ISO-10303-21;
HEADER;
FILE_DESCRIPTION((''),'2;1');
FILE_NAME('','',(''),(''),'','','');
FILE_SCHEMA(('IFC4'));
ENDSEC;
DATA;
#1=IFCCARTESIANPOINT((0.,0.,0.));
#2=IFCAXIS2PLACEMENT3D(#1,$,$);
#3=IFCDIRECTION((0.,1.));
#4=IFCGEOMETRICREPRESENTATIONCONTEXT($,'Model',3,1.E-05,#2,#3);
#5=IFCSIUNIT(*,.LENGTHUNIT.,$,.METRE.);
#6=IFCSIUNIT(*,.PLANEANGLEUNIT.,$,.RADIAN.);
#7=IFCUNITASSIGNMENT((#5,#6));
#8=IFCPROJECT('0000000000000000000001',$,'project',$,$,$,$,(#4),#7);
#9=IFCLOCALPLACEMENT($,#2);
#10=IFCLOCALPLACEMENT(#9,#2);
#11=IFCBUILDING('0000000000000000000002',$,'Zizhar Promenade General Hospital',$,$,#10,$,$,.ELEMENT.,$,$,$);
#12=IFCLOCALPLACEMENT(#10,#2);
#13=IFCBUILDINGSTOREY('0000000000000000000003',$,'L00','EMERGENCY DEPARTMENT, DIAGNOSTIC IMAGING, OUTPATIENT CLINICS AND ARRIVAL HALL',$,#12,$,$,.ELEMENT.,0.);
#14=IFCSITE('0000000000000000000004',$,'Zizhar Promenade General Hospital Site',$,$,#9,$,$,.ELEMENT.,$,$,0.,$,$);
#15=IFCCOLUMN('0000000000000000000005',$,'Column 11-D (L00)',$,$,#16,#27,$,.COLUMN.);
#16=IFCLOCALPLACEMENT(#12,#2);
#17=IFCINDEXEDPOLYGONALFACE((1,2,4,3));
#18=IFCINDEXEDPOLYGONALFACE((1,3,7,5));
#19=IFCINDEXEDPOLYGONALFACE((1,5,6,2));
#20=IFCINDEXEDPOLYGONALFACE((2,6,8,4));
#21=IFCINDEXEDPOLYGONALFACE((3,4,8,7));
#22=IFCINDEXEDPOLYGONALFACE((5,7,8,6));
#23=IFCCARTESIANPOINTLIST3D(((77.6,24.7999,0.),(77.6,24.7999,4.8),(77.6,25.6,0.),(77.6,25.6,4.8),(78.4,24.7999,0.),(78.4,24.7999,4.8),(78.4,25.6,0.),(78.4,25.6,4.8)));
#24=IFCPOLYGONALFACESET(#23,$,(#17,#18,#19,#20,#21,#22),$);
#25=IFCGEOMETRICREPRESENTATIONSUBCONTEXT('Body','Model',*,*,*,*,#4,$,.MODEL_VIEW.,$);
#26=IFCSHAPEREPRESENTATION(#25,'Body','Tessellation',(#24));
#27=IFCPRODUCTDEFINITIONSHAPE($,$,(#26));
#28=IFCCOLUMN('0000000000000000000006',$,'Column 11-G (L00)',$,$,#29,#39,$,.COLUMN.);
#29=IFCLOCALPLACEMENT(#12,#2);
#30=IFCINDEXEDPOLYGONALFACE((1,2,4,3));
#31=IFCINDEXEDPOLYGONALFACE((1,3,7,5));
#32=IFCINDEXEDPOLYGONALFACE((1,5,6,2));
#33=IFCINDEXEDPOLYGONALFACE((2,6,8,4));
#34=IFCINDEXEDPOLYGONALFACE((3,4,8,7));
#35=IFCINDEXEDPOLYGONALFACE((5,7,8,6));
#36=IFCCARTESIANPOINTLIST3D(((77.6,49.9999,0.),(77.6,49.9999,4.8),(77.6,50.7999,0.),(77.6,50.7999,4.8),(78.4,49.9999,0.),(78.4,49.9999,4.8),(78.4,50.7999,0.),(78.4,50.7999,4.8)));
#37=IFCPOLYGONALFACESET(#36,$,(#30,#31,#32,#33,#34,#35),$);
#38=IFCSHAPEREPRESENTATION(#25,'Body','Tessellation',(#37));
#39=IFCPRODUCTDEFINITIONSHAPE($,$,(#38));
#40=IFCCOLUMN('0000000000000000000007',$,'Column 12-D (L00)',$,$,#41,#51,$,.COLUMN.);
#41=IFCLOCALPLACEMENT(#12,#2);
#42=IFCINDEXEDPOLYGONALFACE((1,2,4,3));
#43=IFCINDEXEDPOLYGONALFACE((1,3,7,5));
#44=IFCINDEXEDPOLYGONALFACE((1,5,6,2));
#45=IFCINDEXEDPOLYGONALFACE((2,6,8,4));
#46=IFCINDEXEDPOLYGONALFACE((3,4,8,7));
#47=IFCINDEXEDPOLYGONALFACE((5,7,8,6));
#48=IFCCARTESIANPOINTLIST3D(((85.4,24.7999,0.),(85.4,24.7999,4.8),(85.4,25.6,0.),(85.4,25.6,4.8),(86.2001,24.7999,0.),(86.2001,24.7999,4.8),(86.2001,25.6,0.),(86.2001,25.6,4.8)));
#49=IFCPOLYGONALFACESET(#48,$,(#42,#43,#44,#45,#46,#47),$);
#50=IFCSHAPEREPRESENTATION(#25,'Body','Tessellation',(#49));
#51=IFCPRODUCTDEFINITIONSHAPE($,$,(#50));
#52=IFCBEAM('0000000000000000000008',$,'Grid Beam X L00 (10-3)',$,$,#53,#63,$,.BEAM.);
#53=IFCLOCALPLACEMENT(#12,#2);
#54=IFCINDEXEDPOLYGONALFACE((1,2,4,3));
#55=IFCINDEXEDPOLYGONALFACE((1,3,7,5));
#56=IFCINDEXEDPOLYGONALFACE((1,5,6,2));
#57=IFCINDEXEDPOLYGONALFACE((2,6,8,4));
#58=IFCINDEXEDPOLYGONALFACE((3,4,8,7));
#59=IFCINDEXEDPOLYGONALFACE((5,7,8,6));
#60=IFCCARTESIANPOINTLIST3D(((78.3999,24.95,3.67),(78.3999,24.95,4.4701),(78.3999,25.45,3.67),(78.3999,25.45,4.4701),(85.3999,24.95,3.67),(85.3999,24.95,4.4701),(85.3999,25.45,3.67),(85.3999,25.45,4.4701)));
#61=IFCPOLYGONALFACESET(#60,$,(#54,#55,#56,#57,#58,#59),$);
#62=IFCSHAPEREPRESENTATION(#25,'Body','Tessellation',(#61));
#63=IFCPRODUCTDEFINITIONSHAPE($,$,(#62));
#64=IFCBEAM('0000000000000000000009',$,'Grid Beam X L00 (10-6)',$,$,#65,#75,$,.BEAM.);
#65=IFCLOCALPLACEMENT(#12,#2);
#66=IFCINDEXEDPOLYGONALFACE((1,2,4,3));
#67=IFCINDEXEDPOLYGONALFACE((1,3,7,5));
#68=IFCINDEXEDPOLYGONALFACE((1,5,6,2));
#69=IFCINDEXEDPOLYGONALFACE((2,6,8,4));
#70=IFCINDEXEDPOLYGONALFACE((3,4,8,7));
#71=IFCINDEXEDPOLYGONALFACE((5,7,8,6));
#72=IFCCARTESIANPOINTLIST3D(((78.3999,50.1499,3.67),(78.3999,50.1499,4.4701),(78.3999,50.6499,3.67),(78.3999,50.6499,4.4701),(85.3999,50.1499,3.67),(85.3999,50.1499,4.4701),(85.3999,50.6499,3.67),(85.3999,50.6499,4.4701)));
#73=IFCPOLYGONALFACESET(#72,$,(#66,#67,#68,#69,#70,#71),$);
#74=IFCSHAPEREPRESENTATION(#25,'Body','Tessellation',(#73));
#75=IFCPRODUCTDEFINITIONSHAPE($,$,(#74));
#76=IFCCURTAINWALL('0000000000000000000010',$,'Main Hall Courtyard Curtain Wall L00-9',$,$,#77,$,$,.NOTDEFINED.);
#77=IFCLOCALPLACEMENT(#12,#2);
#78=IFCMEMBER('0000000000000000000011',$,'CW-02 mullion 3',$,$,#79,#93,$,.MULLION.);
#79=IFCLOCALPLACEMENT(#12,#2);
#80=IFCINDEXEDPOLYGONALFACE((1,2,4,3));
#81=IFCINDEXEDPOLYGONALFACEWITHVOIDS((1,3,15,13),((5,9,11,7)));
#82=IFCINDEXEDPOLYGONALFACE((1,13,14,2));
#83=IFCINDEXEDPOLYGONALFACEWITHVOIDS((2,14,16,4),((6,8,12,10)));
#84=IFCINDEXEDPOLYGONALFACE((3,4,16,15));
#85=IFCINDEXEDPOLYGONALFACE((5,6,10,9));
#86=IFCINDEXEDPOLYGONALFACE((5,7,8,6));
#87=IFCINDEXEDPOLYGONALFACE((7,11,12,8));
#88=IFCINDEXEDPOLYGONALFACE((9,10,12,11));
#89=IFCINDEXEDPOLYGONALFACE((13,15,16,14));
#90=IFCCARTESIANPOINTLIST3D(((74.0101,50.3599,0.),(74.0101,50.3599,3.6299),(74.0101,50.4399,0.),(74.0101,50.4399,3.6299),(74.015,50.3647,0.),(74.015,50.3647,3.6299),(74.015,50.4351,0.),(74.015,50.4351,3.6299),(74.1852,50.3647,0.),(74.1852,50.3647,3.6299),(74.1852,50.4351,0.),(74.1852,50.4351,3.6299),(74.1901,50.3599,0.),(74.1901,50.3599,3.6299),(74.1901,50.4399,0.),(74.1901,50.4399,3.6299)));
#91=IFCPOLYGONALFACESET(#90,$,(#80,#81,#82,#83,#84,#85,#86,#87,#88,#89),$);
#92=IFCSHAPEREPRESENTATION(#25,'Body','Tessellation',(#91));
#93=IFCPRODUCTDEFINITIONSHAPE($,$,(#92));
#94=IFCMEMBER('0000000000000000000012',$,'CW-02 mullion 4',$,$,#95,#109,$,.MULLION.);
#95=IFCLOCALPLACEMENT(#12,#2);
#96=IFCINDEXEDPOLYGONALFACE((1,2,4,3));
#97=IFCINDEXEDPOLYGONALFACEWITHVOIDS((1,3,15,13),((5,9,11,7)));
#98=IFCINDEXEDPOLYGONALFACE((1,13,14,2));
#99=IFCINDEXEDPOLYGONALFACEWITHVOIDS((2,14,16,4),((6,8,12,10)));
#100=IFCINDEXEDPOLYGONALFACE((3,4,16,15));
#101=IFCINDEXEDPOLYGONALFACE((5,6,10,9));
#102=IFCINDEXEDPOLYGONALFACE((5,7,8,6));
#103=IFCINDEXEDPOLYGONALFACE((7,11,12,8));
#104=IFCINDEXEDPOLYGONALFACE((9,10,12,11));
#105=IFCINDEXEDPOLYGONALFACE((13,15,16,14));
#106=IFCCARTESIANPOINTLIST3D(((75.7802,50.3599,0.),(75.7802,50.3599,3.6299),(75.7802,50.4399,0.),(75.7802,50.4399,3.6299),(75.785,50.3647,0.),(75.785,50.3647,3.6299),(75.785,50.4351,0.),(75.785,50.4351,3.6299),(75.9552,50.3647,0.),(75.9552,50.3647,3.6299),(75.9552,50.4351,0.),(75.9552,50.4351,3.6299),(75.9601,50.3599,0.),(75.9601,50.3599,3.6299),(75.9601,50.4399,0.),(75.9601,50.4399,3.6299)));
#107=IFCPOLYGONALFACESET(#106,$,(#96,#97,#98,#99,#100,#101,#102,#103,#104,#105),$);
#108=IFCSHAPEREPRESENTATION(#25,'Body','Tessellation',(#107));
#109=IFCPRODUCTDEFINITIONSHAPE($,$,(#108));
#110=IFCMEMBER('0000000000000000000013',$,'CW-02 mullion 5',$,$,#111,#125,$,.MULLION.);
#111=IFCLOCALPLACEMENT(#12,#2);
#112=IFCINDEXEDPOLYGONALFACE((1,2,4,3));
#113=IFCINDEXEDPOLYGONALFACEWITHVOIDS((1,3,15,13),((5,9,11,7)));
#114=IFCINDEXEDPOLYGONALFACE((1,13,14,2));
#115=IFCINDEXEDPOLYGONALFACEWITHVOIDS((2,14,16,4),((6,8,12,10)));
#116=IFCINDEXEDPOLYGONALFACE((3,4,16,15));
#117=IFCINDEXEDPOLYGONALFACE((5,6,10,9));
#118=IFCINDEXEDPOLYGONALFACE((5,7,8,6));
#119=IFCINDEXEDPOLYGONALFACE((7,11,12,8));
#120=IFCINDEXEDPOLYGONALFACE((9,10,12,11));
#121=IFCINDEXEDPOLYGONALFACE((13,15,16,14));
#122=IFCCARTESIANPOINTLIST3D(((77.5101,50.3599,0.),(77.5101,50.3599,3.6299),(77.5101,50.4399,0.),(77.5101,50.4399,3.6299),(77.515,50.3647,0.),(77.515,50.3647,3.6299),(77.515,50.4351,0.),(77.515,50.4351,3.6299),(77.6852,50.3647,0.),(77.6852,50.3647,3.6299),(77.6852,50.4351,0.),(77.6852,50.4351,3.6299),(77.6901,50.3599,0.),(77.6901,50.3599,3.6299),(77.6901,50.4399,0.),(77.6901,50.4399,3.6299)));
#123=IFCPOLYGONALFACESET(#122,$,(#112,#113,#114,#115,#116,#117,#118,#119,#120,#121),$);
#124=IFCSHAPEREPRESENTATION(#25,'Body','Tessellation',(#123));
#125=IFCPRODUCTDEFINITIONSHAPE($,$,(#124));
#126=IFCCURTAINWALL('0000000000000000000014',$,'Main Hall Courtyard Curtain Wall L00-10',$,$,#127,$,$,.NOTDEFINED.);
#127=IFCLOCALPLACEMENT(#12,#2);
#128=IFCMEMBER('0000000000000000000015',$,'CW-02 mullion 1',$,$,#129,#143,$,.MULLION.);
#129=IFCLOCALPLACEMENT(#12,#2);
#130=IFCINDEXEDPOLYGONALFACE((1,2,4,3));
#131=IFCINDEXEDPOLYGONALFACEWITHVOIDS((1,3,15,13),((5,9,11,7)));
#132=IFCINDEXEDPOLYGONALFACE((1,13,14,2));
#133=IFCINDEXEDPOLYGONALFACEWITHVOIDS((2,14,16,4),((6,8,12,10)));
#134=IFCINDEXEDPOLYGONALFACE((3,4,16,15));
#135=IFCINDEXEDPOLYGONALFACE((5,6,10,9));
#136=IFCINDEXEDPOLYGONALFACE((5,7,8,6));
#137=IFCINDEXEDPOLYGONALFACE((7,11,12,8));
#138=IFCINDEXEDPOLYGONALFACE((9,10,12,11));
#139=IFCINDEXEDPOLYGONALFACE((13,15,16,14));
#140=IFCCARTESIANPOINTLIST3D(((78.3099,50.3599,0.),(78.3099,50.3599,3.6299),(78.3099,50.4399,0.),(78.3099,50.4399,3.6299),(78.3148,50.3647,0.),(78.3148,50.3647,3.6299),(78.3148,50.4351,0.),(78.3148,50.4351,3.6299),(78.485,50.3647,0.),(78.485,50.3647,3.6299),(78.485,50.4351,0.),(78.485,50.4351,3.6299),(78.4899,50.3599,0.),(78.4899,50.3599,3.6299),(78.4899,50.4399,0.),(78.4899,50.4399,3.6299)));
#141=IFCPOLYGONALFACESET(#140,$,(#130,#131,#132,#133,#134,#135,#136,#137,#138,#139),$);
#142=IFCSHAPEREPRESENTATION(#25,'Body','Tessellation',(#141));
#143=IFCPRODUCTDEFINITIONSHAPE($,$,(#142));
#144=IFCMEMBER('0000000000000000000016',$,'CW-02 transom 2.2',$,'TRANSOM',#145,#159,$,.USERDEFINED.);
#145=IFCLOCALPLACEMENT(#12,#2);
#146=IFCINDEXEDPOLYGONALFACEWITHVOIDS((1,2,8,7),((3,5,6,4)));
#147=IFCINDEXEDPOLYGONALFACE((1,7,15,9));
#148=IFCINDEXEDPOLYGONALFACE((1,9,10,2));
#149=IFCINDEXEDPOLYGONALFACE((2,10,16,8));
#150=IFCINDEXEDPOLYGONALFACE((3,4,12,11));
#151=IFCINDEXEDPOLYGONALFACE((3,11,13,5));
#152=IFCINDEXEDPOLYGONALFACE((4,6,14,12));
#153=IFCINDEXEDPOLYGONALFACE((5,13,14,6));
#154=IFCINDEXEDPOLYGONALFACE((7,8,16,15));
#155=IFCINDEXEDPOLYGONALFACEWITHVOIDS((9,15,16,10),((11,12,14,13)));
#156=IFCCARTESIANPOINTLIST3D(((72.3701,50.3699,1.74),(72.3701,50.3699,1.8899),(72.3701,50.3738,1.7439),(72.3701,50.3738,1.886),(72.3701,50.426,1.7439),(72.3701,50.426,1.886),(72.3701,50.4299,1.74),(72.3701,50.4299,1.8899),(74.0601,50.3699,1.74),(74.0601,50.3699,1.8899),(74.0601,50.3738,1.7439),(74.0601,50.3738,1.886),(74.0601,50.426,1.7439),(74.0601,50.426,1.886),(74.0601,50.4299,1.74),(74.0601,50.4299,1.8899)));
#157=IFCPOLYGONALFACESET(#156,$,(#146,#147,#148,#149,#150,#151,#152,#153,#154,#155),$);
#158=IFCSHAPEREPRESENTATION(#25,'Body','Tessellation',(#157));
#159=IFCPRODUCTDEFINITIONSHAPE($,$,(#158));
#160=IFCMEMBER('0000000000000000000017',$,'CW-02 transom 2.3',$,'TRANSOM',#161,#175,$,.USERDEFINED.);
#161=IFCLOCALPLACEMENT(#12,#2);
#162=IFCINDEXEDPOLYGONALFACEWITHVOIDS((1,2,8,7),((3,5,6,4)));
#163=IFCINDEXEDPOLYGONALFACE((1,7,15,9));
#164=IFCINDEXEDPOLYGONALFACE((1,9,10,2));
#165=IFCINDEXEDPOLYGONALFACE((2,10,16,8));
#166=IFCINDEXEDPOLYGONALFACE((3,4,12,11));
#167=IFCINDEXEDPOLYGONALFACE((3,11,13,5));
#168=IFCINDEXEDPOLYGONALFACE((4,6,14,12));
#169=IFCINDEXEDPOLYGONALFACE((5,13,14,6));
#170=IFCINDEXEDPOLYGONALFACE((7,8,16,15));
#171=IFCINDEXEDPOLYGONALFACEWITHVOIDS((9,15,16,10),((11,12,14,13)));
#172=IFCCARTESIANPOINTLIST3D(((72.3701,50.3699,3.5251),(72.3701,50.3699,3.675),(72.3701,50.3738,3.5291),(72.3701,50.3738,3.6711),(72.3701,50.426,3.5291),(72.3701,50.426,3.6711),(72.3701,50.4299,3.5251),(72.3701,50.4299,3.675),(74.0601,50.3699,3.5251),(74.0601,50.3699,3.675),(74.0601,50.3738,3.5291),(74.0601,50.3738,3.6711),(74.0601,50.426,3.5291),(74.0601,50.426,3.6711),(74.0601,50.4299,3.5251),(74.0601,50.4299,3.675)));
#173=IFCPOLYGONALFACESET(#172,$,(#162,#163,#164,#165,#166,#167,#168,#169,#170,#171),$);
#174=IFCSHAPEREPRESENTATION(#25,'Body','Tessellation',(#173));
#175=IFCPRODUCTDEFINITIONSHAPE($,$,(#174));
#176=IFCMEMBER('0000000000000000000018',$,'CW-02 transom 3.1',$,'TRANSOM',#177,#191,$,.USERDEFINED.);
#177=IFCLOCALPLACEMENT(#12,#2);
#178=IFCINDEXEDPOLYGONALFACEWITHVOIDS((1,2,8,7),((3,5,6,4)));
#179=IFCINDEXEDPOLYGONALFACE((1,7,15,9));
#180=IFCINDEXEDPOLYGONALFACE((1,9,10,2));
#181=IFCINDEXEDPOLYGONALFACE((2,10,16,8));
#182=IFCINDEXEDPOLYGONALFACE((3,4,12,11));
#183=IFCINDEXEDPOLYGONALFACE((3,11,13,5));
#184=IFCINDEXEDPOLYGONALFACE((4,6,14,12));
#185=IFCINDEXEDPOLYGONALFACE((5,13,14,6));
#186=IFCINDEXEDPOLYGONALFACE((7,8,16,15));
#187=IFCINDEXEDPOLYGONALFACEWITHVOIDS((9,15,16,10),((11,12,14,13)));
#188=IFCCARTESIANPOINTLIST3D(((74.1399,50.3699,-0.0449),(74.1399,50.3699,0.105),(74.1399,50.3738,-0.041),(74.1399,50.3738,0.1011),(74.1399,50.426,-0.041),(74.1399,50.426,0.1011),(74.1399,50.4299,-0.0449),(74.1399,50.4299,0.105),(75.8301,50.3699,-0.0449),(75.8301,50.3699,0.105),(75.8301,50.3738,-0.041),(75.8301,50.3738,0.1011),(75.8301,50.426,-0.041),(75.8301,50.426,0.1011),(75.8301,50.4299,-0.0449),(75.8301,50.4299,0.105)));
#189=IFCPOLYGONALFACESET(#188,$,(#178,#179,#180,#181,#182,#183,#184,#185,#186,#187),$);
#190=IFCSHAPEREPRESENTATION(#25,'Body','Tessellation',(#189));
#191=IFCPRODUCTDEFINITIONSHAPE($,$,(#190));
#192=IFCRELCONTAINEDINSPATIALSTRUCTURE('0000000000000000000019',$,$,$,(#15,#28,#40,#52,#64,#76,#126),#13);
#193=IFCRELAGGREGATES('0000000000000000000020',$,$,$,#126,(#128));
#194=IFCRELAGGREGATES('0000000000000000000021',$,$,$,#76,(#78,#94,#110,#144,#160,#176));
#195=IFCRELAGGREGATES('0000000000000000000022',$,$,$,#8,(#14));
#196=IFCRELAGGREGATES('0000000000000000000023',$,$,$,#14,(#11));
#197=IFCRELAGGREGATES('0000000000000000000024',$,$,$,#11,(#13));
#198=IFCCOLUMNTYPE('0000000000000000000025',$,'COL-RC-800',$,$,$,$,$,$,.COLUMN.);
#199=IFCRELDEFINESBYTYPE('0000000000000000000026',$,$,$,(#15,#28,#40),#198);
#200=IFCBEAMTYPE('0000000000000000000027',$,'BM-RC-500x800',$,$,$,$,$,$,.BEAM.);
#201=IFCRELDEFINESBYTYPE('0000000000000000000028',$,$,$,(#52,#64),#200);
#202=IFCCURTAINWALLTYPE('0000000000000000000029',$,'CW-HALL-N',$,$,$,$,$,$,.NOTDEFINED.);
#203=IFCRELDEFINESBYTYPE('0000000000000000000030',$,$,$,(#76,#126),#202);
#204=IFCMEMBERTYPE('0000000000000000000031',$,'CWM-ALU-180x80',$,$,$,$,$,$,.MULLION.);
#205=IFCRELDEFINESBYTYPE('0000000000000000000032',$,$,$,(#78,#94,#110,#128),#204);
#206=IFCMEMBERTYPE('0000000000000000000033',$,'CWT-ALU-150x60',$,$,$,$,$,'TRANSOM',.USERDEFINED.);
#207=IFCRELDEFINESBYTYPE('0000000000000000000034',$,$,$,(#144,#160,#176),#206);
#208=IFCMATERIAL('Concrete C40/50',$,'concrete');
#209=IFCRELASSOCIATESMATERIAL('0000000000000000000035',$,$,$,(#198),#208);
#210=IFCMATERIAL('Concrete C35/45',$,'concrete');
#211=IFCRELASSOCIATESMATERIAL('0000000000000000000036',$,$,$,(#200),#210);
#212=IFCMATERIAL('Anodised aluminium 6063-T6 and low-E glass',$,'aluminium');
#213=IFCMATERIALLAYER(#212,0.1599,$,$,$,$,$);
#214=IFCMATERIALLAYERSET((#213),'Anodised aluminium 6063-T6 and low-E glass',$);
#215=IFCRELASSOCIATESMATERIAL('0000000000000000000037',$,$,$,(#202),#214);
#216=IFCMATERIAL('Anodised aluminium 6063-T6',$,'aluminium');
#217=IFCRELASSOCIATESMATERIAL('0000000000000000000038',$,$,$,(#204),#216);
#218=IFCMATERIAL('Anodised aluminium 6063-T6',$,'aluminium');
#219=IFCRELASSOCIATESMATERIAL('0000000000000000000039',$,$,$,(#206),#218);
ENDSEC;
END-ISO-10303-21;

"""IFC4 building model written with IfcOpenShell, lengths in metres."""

from ifc_helpers import new_model, si_unit, direction, frame, origin, origin_2d, place, context, subcontext, project, spatial, rectangle, hollow_rectangle, extrude, material, layer, layer_set, material_profile, profile_set, type_object, element, aggregate, save


model = new_model("IFC4")

# Units and contexts
model_context = context("Model", 3, precision=1e-05, world=origin(), true_north=direction((0.0, 1.0)))
body_context = subcontext(model_context, "Body", "Model", "MODEL_VIEW")
ifc_project = project(units=[si_unit("LENGTHUNIT", "METRE"), si_unit("PLANEANGLEUNIT", "RADIAN")], contexts=[model_context])

# Site, building, storey
site_placement = place(None, origin())
site = spatial("IfcSite", under=ifc_project, at=site_placement, Name="Zizhar Promenade General Hospital Site", CompositionType="ELEMENT", RefElevation=0.0)
building_placement = place(site_placement, origin())
building = spatial("IfcBuilding", under=site, at=building_placement, Name="Zizhar Promenade General Hospital", CompositionType="ELEMENT")
storey_placement = place(building_placement, origin())
storey = spatial("IfcBuildingStorey", under=building, at=storey_placement, Name="L00", Description="EMERGENCY DEPARTMENT, DIAGNOSTIC IMAGING, OUTPATIENT CLINICS AND ARRIVAL HALL", CompositionType="ELEMENT", Elevation=0.0)

# Columns
ifc_material_1 = material(Name="Concrete C40/50", Category="concrete")
ifc_material_profile_1 = material_profile(ifc_material_1, rectangle(XDim=0.8, YDim=0.8, at=origin_2d()))
ifc_profile_set_1 = profile_set([ifc_material_profile_1], Name="Concrete C40/50")
column_type = type_object("IfcColumnType", Name="COL-RC-800", PredefinedType="COLUMN", material=ifc_profile_set_1)
for number, where, z_axis, x_axis, name in (
    (1, (78.0, 25.2, 0.0), (0.0, 0.0, 1.0), (1.0, 0.0, 0.0), "Column 11-D (L00)"),
    (2, (78.0, 50.3999, 0.0), (0.0, 0.0, 1.0), (1.0, 0.0, 0.0), "Column 11-G (L00)"),
    (3, (85.8, 25.2, 0.0), (0.0, 0.0, 1.0), (1.0, 0.0, 0.0), "Column 12-D (L00)"),
):
    element("IfcColumn", number, at=place(storey_placement, frame(where, z_axis=z_axis, x_axis=x_axis)), inside=storey, type_object=column_type, Name=name, PredefinedType="COLUMN", context=body_context, shape_type="SweptSolid", body=[
        extrude(rectangle(XDim=0.8, YDim=0.8, at=origin_2d()), origin(), (0.0, 0.0, 1.0), 4.8),
    ])

# Beams
ifc_material_2 = material(Name="Concrete C35/45", Category="concrete")
ifc_material_profile_2 = material_profile(ifc_material_2, rectangle(XDim=0.5, YDim=0.8, at=origin_2d()))
ifc_profile_set_2 = profile_set([ifc_material_profile_2], Name="Concrete C35/45")
beam_type = type_object("IfcBeamType", Name="BM-RC-500x800", PredefinedType="BEAM", material=ifc_profile_set_2)
for number, where, z_axis, x_axis, name in (
    (4, (78.3999, 25.2, 4.0701), (1.0, 0.0, 0.0), (0.0, 1.0, 0.0), "Grid Beam X L00 (10-3)"),
    (5, (78.3999, 50.3999, 4.0701), (1.0, 0.0, 0.0), (0.0, 1.0, 0.0), "Grid Beam X L00 (10-6)"),
):
    element("IfcBeam", number, at=place(storey_placement, frame(where, z_axis=z_axis, x_axis=x_axis)), inside=storey, type_object=beam_type, Name=name, PredefinedType="BEAM", context=body_context, shape_type="SweptSolid", body=[
        extrude(rectangle(XDim=0.5, YDim=0.8, at=origin_2d()), origin(), (0.0, 0.0, 1.0), 7.0),
    ])

# Curtain wall, members
ifc_material_3 = material(Name="Anodised aluminium 6063-T6 and low-E glass", Category="aluminium")
ifc_layer_1 = layer(ifc_material_3, 0.1599)
ifc_layer_set_1 = layer_set([ifc_layer_1], Name="Anodised aluminium 6063-T6 and low-E glass")
curtain_wall_type = type_object("IfcCurtainWallType", Name="CW-HALL-N", PredefinedType="NOTDEFINED", material=ifc_layer_set_1)
curtain_wall_1_placement = place(storey_placement, origin())
curtain_wall_1 = element("IfcCurtainWall", 6, at=curtain_wall_1_placement, inside=storey, type_object=curtain_wall_type, Name="Main Hall Courtyard Curtain Wall L00-9", PredefinedType="NOTDEFINED")
ifc_material_4 = material(Name="Anodised aluminium 6063-T6", Category="aluminium")
ifc_material_profile_3 = material_profile(ifc_material_4, hollow_rectangle(XDim=0.0801, YDim=0.1799, WallThickness=0.0049, at=origin_2d()))
ifc_profile_set_3 = profile_set([ifc_material_profile_3], Name="Anodised aluminium 6063-T6")
member_type_1 = type_object("IfcMemberType", Name="CWM-ALU-180x80", PredefinedType="MULLION", material=ifc_profile_set_3)
member_1_placement = place(storey_placement, frame((74.1001, 50.3999, 0.0), z_axis=(0.0, 0.0, 1.0), x_axis=(0.0, 1.0, 0.0)))
member_1 = element("IfcMember", 7, at=member_1_placement, type_object=member_type_1, Name="CW-02 mullion 3", PredefinedType="MULLION", context=body_context, shape_type="SweptSolid", body=[
    extrude(hollow_rectangle(XDim=0.0801, YDim=0.1799, WallThickness=0.0049, at=origin_2d()), origin(), (0.0, 0.0, 1.0), 3.6299),
])
member_2_placement = place(storey_placement, frame((75.8701, 50.3999, 0.0), z_axis=(0.0, 0.0, 1.0), x_axis=(0.0, 1.0, 0.0)))
member_2 = element("IfcMember", 8, at=member_2_placement, type_object=member_type_1, Name="CW-02 mullion 4", PredefinedType="MULLION", context=body_context, shape_type="SweptSolid", body=[
    extrude(hollow_rectangle(XDim=0.0801, YDim=0.1799, WallThickness=0.0049, at=origin_2d()), origin(), (0.0, 0.0, 1.0), 3.6299),
])
member_3_placement = place(storey_placement, frame((77.6001, 50.3999, 0.0), z_axis=(0.0, 0.0, 1.0), x_axis=(0.0, 1.0, 0.0)))
member_3 = element("IfcMember", 9, at=member_3_placement, type_object=member_type_1, Name="CW-02 mullion 5", PredefinedType="MULLION", context=body_context, shape_type="SweptSolid", body=[
    extrude(hollow_rectangle(XDim=0.0801, YDim=0.1799, WallThickness=0.0049, at=origin_2d()), origin(), (0.0, 0.0, 1.0), 3.6299),
])

# Curtain wall, member
curtain_wall_2_placement = place(storey_placement, origin())
curtain_wall_2 = element("IfcCurtainWall", 10, at=curtain_wall_2_placement, inside=storey, type_object=curtain_wall_type, Name="Main Hall Courtyard Curtain Wall L00-10", PredefinedType="NOTDEFINED")
member_4_placement = place(storey_placement, frame((78.3999, 50.3999, 0.0), z_axis=(0.0, 0.0, 1.0), x_axis=(0.0, 1.0, 0.0)))
member_4 = element("IfcMember", 11, at=member_4_placement, type_object=member_type_1, Name="CW-02 mullion 1", PredefinedType="MULLION", context=body_context, shape_type="SweptSolid", body=[
    extrude(hollow_rectangle(XDim=0.0801, YDim=0.1799, WallThickness=0.0049, at=origin_2d()), origin(), (0.0, 0.0, 1.0), 3.6299),
])

# Members
ifc_material_5 = material(Name="Anodised aluminium 6063-T6", Category="aluminium")
ifc_material_profile_4 = material_profile(ifc_material_5, hollow_rectangle(XDim=0.0601, YDim=0.1499, WallThickness=0.0039, at=origin_2d()))
ifc_profile_set_4 = profile_set([ifc_material_profile_4], Name="Anodised aluminium 6063-T6")
member_type_2 = type_object("IfcMemberType", Name="CWT-ALU-150x60", ElementType="TRANSOM", PredefinedType="USERDEFINED", material=ifc_profile_set_4)
member_5_placement = place(storey_placement, frame((72.3701, 50.3999, 1.8149), z_axis=(1.0, 0.0, 0.0), x_axis=(0.0, 1.0, 0.0)))
member_5 = element("IfcMember", 12, at=member_5_placement, type_object=member_type_2, Name="CW-02 transom 2.2", ObjectType="TRANSOM", PredefinedType="USERDEFINED", context=body_context, shape_type="SweptSolid", body=[
    extrude(hollow_rectangle(XDim=0.0601, YDim=0.1499, WallThickness=0.0039, at=origin_2d()), origin(), (0.0, 0.0, 1.0), 1.6899),
])
member_6_placement = place(storey_placement, frame((72.3701, 50.3999, 3.6001), z_axis=(1.0, 0.0, 0.0), x_axis=(0.0, 1.0, 0.0)))
member_6 = element("IfcMember", 13, at=member_6_placement, type_object=member_type_2, Name="CW-02 transom 2.3", ObjectType="TRANSOM", PredefinedType="USERDEFINED", context=body_context, shape_type="SweptSolid", body=[
    extrude(hollow_rectangle(XDim=0.0601, YDim=0.1499, WallThickness=0.0039, at=origin_2d()), origin(), (0.0, 0.0, 1.0), 1.6899),
])
member_7_placement = place(storey_placement, frame((74.1399, 50.3999, 0.03), z_axis=(1.0, 0.0, 0.0), x_axis=(0.0, 1.0, 0.0)))
member_7 = element("IfcMember", 14, at=member_7_placement, type_object=member_type_2, Name="CW-02 transom 3.1", ObjectType="TRANSOM", PredefinedType="USERDEFINED", context=body_context, shape_type="SweptSolid", body=[
    extrude(hollow_rectangle(XDim=0.0601, YDim=0.1499, WallThickness=0.0039, at=origin_2d()), origin(), (0.0, 0.0, 1.0), 1.6902),
])
aggregate(curtain_wall_2, [member_4])

aggregate(curtain_wall_1, [member_1, member_2, member_3, member_5, member_6, member_7])

save(model, "model.ifc")
